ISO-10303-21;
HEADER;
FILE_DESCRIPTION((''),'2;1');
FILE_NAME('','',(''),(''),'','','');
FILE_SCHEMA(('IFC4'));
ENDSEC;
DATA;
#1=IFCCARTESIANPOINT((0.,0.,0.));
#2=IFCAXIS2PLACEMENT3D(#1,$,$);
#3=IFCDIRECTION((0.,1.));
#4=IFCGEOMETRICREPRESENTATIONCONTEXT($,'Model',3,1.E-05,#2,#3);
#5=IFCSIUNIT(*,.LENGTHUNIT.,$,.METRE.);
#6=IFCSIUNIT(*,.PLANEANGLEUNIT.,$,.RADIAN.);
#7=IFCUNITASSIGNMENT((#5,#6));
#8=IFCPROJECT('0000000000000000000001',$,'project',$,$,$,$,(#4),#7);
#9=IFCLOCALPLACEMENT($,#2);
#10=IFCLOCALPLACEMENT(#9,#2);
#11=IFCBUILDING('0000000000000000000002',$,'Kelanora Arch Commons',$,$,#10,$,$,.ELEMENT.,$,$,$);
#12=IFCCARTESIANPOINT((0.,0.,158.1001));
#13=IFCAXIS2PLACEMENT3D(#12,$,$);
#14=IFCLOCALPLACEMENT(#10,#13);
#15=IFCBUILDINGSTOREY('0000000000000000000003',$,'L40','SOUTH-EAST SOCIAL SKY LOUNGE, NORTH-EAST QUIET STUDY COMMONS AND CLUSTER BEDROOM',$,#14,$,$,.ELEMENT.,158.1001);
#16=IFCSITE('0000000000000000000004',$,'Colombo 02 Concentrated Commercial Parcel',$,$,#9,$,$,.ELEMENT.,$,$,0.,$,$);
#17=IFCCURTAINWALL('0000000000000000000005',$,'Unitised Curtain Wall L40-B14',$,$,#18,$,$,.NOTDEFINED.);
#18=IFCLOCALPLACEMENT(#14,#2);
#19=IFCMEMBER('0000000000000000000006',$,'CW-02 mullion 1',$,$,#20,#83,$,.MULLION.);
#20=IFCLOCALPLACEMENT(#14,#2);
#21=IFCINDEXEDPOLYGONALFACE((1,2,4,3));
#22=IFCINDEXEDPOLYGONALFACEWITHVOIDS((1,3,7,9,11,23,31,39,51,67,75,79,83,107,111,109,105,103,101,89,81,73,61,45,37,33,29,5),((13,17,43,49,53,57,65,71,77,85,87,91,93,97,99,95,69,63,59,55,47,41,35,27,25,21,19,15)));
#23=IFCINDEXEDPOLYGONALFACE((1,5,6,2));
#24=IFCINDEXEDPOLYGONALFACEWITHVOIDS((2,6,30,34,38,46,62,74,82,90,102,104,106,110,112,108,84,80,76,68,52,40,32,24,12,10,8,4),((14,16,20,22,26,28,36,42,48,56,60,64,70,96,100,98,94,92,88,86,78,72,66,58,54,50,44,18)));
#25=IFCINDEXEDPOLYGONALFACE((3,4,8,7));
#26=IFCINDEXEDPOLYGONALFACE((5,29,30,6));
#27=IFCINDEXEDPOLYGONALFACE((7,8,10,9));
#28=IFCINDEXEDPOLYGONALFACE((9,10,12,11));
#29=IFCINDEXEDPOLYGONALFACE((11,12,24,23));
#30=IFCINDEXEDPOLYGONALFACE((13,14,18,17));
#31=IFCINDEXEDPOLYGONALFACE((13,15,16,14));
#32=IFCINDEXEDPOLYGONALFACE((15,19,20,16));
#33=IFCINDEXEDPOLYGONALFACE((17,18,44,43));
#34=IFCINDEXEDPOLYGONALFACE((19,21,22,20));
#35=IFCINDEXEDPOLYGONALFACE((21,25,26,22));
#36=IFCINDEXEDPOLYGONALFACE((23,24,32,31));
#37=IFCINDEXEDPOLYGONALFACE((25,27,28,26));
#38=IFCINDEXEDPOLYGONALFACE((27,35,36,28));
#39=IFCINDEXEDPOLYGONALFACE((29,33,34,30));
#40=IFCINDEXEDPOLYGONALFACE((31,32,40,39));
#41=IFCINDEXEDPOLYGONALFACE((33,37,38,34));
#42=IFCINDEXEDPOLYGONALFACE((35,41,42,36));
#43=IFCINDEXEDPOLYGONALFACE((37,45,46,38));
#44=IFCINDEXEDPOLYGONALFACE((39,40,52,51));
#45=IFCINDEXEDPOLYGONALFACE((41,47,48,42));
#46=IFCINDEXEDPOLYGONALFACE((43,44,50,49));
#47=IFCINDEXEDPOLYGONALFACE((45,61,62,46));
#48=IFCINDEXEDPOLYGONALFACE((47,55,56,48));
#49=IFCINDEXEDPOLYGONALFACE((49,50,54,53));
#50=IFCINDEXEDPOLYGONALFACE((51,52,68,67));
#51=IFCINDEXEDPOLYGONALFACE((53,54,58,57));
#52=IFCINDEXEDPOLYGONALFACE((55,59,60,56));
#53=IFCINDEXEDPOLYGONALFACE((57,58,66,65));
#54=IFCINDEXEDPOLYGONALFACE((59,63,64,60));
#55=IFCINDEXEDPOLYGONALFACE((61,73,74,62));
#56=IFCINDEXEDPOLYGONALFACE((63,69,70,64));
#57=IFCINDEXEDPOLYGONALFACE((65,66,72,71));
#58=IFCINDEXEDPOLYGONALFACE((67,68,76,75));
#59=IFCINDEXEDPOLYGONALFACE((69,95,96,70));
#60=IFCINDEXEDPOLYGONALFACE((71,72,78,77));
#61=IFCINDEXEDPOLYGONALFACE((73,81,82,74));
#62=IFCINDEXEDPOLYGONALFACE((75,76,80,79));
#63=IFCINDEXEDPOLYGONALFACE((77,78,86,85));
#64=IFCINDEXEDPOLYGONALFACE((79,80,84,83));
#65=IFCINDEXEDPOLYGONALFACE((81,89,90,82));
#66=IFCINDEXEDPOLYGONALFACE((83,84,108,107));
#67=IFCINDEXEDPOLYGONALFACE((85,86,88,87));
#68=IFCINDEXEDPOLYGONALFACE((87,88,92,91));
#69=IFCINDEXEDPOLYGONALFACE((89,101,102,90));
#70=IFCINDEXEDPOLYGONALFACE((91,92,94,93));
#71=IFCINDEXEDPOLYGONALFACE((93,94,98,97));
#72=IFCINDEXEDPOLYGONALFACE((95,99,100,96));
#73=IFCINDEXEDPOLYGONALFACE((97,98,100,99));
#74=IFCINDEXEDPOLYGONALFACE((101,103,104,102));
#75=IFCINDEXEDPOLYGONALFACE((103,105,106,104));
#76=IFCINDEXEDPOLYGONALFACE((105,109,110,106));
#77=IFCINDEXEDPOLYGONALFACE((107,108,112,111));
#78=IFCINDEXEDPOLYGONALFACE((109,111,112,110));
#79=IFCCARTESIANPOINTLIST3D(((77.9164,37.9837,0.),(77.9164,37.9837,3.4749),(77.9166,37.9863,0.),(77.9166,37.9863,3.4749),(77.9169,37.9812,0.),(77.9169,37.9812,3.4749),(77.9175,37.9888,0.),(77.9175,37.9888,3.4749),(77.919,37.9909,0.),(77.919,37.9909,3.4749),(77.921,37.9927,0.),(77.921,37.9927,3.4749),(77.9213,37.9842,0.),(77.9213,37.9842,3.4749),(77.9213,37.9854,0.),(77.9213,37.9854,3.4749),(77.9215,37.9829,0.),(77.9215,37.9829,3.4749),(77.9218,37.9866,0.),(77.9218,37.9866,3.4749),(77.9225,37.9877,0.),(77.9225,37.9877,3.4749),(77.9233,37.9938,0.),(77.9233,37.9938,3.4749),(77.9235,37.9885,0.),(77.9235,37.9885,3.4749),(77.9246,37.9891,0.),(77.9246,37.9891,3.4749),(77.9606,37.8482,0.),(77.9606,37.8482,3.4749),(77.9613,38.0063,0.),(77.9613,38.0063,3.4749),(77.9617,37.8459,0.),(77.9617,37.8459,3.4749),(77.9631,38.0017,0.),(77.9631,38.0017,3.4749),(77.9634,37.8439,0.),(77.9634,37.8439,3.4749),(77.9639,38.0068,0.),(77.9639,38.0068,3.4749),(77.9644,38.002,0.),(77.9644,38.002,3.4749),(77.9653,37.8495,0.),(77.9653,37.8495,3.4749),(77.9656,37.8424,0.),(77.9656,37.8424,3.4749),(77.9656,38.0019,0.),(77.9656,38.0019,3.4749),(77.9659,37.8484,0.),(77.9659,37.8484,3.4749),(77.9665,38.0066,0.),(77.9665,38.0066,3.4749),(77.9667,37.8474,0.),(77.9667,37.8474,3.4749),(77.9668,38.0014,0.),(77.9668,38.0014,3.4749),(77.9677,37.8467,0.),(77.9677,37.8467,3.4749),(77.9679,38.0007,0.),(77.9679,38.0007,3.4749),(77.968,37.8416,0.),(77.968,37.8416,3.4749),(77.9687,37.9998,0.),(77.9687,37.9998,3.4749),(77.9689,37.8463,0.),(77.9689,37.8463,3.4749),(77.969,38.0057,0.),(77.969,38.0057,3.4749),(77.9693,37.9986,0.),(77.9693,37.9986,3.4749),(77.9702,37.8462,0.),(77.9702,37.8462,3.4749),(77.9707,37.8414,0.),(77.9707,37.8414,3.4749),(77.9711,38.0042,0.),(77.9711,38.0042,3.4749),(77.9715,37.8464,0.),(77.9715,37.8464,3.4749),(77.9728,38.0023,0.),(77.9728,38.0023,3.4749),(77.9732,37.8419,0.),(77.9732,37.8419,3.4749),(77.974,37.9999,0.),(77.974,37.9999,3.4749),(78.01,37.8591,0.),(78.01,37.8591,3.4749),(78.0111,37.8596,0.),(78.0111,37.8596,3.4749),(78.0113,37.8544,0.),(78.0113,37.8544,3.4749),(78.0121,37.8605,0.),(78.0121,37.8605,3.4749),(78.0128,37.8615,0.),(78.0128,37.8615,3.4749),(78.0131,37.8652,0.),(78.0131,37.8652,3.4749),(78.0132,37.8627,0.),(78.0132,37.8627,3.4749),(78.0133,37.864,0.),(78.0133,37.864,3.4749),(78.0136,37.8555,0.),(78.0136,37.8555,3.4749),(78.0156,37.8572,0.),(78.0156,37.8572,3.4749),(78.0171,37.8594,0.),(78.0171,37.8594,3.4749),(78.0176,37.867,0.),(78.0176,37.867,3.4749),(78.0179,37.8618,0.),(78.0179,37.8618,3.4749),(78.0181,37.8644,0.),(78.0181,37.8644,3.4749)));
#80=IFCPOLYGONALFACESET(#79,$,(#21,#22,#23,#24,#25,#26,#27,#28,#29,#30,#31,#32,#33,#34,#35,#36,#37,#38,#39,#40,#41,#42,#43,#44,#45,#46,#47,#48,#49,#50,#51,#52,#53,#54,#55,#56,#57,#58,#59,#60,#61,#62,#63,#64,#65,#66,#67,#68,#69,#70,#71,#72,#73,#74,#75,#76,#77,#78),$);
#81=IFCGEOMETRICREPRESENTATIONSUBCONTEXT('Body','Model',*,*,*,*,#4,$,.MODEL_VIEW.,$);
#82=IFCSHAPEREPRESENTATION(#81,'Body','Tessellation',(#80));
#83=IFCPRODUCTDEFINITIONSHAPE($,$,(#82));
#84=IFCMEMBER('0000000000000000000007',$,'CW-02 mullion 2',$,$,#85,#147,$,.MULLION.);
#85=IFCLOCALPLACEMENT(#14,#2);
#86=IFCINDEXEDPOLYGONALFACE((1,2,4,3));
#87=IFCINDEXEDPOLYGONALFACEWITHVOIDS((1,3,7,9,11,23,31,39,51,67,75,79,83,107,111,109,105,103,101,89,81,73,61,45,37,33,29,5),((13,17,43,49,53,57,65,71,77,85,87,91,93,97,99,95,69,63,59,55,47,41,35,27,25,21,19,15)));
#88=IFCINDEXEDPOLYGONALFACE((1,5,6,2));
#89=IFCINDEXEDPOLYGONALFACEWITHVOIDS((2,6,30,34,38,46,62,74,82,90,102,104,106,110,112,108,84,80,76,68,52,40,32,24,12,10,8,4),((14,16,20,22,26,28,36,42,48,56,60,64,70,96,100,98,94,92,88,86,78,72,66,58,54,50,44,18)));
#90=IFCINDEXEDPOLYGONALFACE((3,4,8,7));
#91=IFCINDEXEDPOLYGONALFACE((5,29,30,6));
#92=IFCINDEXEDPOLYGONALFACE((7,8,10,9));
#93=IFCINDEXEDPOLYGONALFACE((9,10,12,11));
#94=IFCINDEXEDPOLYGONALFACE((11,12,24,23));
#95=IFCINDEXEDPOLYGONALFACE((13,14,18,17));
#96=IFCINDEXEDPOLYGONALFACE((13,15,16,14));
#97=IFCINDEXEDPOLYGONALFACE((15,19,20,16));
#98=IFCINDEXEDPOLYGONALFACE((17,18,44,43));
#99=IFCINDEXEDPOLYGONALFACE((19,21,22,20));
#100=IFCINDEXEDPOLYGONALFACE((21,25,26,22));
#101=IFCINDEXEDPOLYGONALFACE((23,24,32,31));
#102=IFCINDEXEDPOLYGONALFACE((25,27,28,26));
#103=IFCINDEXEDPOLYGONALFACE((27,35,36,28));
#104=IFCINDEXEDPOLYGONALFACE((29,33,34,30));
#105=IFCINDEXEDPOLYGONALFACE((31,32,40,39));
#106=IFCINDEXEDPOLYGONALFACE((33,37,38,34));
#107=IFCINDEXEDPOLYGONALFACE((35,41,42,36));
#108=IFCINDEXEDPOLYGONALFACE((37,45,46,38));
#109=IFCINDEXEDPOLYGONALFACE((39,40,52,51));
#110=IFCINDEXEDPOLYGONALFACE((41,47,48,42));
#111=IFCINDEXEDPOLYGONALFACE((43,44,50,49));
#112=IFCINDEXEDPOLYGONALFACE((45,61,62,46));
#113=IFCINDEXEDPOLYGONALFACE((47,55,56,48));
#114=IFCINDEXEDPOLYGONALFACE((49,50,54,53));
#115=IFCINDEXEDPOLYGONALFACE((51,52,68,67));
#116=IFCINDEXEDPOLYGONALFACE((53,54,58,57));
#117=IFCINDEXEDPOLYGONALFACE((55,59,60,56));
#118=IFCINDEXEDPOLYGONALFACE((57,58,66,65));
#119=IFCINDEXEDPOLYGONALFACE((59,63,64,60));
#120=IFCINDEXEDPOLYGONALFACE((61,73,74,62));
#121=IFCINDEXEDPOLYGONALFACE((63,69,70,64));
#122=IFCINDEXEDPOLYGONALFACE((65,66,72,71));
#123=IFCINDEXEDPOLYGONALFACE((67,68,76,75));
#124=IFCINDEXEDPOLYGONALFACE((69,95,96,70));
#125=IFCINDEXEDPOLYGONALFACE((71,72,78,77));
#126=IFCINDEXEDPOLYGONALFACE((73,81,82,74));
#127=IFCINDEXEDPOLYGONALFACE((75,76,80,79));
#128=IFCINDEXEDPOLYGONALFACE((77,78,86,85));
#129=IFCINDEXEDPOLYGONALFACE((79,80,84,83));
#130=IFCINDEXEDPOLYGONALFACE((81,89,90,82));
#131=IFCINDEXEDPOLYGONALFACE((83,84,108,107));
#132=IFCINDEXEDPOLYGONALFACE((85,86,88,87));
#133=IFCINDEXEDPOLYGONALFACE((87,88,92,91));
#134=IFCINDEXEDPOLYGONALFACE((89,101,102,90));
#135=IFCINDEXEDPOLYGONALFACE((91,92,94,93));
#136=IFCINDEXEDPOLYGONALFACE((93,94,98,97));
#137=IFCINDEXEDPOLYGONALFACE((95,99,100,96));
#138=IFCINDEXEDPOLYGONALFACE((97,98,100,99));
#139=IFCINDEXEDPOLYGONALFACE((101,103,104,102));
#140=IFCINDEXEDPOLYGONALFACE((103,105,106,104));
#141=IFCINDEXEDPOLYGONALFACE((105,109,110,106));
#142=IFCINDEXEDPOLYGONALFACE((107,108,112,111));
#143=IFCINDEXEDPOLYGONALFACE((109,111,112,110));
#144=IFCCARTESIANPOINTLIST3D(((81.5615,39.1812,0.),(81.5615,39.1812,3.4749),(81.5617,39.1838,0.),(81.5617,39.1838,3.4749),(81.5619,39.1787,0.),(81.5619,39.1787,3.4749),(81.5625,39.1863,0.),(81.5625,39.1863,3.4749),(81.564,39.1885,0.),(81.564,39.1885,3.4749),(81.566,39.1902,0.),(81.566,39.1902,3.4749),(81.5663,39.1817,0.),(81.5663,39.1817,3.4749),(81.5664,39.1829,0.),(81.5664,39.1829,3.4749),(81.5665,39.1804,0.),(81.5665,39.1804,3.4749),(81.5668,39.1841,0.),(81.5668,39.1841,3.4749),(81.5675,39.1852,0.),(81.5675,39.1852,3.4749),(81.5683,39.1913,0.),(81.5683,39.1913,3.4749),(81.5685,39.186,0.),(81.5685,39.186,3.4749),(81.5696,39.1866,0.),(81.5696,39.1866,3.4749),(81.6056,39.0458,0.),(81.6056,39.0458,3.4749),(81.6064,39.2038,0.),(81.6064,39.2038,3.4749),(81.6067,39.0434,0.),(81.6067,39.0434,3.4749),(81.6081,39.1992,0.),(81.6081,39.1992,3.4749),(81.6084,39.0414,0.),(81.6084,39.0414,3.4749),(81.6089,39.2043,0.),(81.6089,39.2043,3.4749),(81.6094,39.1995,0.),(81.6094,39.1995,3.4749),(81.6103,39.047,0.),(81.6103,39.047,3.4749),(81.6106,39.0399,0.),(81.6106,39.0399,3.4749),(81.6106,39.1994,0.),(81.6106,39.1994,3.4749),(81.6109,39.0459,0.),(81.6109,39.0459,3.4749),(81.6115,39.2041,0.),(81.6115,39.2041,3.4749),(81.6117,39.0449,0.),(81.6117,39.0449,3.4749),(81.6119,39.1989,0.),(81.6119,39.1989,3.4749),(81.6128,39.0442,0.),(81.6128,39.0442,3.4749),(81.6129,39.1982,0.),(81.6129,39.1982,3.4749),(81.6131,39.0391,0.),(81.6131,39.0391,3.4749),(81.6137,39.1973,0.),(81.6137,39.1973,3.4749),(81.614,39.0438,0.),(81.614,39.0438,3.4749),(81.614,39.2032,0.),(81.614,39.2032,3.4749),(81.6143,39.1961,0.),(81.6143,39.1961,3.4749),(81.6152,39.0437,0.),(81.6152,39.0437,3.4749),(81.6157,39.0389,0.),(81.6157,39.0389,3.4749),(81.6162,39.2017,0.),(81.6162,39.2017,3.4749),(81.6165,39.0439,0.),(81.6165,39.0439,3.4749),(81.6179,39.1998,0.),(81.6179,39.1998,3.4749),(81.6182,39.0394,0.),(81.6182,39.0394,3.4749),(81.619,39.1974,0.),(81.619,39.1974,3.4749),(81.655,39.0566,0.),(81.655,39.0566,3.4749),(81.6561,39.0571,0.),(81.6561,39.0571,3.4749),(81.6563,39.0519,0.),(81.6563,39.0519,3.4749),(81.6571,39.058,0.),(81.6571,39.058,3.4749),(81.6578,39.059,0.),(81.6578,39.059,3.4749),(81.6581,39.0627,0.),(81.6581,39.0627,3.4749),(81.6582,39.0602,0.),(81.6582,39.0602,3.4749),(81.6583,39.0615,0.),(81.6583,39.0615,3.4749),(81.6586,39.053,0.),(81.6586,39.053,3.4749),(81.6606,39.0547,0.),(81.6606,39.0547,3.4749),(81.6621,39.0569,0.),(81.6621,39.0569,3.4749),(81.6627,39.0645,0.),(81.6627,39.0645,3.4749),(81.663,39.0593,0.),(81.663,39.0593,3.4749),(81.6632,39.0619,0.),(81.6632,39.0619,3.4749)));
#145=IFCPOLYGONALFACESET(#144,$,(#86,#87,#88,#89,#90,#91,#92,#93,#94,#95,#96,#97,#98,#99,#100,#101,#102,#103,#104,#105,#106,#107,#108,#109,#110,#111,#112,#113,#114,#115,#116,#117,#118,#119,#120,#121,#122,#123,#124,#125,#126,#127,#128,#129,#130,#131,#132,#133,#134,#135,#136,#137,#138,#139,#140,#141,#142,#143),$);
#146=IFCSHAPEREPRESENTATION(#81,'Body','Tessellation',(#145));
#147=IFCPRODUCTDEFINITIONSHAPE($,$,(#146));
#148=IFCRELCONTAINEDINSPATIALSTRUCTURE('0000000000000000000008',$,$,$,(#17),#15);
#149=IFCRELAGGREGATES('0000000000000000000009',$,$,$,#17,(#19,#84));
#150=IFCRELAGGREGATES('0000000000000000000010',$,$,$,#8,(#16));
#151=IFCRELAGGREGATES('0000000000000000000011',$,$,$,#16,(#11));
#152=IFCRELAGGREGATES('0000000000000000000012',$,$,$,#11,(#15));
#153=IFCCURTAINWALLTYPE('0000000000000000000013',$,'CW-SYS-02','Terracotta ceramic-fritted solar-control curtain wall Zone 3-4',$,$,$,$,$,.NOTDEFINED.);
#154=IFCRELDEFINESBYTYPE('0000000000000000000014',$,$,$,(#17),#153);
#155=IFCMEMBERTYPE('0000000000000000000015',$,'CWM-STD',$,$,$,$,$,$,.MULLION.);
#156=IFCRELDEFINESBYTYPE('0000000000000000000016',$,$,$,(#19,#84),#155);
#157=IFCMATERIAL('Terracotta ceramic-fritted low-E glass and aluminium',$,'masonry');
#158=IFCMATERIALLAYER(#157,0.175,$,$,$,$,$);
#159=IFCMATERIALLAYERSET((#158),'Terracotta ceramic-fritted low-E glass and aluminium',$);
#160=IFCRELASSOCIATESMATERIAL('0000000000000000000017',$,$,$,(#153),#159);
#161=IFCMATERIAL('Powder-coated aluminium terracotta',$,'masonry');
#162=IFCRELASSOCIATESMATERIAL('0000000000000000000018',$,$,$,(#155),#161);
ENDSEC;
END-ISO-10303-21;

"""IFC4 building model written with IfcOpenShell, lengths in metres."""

from ifc_helpers import new_model, si_unit, direction, frame, origin, origin_2d, place, context, subcontext, project, spatial, hollow_rectangle, extrude, material, layer, layer_set, material_profile, profile_set, type_object, element, aggregate, save


model = new_model("IFC4")

# Units and contexts
model_context = context("Model", 3, precision=1e-05, world=origin(), true_north=direction((0.0, 1.0)))
body_context = subcontext(model_context, "Body", "Model", "MODEL_VIEW")
ifc_project = project(units=[si_unit("LENGTHUNIT", "METRE"), si_unit("PLANEANGLEUNIT", "RADIAN")], contexts=[model_context])

# Site, building, storey
site_placement = place(None, origin())
site = spatial("IfcSite", under=ifc_project, at=site_placement, Name="Colombo 02 Concentrated Commercial Parcel", CompositionType="ELEMENT", RefElevation=0.0)
building_placement = place(site_placement, origin())
building = spatial("IfcBuilding", under=site, at=building_placement, Name="Kelanora Arch Commons", CompositionType="ELEMENT")
storey_placement = place(building_placement, frame((0.0, 0.0, 158.1001)))
storey = spatial("IfcBuildingStorey", under=building, at=storey_placement, Name="L40", Description="SOUTH-EAST SOCIAL SKY LOUNGE, NORTH-EAST QUIET STUDY COMMONS AND CLUSTER BEDROOM", CompositionType="ELEMENT", Elevation=158.1001)

# Curtain wall, members
ifc_material_1 = material(Name="Terracotta ceramic-fritted low-E glass and aluminium", Category="masonry")
ifc_layer_1 = layer(ifc_material_1, 0.175)
ifc_layer_set_1 = layer_set([ifc_layer_1], Name="Terracotta ceramic-fritted low-E glass and aluminium")
curtain_wall_type = type_object("IfcCurtainWallType", Name="CW-SYS-02", Description="Terracotta ceramic-fritted solar-control curtain wall Zone 3-4", PredefinedType="NOTDEFINED", material=ifc_layer_set_1)
curtain_wall_placement = place(storey_placement, origin())
curtain_wall = element("IfcCurtainWall", 1, at=curtain_wall_placement, inside=storey, type_object=curtain_wall_type, Name="Unitised Curtain Wall L40-B14", PredefinedType="NOTDEFINED")
ifc_material_2 = material(Name="Powder-coated aluminium terracotta", Category="masonry")
ifc_material_profile_1 = material_profile(ifc_material_2, hollow_rectangle(XDim=0.1599, YDim=0.0601, WallThickness=0.0049, InnerFilletRadius=0.0049, OuterFilletRadius=0.01, at=origin_2d()), Name="CWM160x60")
ifc_profile_set_1 = profile_set([ifc_material_profile_1], Name="Powder-coated aluminium terracotta")
member_type_1 = type_object("IfcMemberType", Name="CWM-STD", PredefinedType="MULLION", material=ifc_profile_set_1)
member_1_placement = place(storey_placement, frame((77.9673, 37.9241, 0.0), z_axis=(0.0, 0.0, 1.0), x_axis=(-0.312128, 0.95004, 0.0)))
member_1 = element("IfcMember", 2, at=member_1_placement, type_object=member_type_1, Name="CW-02 mullion 1", PredefinedType="MULLION", context=body_context, shape_type="SweptSolid", body=[
    extrude(hollow_rectangle(XDim=0.1599, YDim=0.0601, WallThickness=0.0049, InnerFilletRadius=0.0049, OuterFilletRadius=0.01, at=origin_2d()), origin(), (0.0, 0.0, 1.0), 3.4749),
])
member_2_placement = place(storey_placement, frame((81.6123, 39.1216, 0.0), z_axis=(0.0, 0.0, 1.0), x_axis=(-0.312128, 0.95004, 0.0)))
member_2 = element("IfcMember", 3, at=member_2_placement, type_object=member_type_1, Name="CW-02 mullion 2", PredefinedType="MULLION", context=body_context, shape_type="SweptSolid", body=[
    extrude(hollow_rectangle(XDim=0.1599, YDim=0.0601, WallThickness=0.0049, InnerFilletRadius=0.0049, OuterFilletRadius=0.01, at=origin_2d()), origin(), (0.0, 0.0, 1.0), 3.4749),
])
aggregate(curtain_wall, [member_1, member_2])

save(model, "model.ifc")
